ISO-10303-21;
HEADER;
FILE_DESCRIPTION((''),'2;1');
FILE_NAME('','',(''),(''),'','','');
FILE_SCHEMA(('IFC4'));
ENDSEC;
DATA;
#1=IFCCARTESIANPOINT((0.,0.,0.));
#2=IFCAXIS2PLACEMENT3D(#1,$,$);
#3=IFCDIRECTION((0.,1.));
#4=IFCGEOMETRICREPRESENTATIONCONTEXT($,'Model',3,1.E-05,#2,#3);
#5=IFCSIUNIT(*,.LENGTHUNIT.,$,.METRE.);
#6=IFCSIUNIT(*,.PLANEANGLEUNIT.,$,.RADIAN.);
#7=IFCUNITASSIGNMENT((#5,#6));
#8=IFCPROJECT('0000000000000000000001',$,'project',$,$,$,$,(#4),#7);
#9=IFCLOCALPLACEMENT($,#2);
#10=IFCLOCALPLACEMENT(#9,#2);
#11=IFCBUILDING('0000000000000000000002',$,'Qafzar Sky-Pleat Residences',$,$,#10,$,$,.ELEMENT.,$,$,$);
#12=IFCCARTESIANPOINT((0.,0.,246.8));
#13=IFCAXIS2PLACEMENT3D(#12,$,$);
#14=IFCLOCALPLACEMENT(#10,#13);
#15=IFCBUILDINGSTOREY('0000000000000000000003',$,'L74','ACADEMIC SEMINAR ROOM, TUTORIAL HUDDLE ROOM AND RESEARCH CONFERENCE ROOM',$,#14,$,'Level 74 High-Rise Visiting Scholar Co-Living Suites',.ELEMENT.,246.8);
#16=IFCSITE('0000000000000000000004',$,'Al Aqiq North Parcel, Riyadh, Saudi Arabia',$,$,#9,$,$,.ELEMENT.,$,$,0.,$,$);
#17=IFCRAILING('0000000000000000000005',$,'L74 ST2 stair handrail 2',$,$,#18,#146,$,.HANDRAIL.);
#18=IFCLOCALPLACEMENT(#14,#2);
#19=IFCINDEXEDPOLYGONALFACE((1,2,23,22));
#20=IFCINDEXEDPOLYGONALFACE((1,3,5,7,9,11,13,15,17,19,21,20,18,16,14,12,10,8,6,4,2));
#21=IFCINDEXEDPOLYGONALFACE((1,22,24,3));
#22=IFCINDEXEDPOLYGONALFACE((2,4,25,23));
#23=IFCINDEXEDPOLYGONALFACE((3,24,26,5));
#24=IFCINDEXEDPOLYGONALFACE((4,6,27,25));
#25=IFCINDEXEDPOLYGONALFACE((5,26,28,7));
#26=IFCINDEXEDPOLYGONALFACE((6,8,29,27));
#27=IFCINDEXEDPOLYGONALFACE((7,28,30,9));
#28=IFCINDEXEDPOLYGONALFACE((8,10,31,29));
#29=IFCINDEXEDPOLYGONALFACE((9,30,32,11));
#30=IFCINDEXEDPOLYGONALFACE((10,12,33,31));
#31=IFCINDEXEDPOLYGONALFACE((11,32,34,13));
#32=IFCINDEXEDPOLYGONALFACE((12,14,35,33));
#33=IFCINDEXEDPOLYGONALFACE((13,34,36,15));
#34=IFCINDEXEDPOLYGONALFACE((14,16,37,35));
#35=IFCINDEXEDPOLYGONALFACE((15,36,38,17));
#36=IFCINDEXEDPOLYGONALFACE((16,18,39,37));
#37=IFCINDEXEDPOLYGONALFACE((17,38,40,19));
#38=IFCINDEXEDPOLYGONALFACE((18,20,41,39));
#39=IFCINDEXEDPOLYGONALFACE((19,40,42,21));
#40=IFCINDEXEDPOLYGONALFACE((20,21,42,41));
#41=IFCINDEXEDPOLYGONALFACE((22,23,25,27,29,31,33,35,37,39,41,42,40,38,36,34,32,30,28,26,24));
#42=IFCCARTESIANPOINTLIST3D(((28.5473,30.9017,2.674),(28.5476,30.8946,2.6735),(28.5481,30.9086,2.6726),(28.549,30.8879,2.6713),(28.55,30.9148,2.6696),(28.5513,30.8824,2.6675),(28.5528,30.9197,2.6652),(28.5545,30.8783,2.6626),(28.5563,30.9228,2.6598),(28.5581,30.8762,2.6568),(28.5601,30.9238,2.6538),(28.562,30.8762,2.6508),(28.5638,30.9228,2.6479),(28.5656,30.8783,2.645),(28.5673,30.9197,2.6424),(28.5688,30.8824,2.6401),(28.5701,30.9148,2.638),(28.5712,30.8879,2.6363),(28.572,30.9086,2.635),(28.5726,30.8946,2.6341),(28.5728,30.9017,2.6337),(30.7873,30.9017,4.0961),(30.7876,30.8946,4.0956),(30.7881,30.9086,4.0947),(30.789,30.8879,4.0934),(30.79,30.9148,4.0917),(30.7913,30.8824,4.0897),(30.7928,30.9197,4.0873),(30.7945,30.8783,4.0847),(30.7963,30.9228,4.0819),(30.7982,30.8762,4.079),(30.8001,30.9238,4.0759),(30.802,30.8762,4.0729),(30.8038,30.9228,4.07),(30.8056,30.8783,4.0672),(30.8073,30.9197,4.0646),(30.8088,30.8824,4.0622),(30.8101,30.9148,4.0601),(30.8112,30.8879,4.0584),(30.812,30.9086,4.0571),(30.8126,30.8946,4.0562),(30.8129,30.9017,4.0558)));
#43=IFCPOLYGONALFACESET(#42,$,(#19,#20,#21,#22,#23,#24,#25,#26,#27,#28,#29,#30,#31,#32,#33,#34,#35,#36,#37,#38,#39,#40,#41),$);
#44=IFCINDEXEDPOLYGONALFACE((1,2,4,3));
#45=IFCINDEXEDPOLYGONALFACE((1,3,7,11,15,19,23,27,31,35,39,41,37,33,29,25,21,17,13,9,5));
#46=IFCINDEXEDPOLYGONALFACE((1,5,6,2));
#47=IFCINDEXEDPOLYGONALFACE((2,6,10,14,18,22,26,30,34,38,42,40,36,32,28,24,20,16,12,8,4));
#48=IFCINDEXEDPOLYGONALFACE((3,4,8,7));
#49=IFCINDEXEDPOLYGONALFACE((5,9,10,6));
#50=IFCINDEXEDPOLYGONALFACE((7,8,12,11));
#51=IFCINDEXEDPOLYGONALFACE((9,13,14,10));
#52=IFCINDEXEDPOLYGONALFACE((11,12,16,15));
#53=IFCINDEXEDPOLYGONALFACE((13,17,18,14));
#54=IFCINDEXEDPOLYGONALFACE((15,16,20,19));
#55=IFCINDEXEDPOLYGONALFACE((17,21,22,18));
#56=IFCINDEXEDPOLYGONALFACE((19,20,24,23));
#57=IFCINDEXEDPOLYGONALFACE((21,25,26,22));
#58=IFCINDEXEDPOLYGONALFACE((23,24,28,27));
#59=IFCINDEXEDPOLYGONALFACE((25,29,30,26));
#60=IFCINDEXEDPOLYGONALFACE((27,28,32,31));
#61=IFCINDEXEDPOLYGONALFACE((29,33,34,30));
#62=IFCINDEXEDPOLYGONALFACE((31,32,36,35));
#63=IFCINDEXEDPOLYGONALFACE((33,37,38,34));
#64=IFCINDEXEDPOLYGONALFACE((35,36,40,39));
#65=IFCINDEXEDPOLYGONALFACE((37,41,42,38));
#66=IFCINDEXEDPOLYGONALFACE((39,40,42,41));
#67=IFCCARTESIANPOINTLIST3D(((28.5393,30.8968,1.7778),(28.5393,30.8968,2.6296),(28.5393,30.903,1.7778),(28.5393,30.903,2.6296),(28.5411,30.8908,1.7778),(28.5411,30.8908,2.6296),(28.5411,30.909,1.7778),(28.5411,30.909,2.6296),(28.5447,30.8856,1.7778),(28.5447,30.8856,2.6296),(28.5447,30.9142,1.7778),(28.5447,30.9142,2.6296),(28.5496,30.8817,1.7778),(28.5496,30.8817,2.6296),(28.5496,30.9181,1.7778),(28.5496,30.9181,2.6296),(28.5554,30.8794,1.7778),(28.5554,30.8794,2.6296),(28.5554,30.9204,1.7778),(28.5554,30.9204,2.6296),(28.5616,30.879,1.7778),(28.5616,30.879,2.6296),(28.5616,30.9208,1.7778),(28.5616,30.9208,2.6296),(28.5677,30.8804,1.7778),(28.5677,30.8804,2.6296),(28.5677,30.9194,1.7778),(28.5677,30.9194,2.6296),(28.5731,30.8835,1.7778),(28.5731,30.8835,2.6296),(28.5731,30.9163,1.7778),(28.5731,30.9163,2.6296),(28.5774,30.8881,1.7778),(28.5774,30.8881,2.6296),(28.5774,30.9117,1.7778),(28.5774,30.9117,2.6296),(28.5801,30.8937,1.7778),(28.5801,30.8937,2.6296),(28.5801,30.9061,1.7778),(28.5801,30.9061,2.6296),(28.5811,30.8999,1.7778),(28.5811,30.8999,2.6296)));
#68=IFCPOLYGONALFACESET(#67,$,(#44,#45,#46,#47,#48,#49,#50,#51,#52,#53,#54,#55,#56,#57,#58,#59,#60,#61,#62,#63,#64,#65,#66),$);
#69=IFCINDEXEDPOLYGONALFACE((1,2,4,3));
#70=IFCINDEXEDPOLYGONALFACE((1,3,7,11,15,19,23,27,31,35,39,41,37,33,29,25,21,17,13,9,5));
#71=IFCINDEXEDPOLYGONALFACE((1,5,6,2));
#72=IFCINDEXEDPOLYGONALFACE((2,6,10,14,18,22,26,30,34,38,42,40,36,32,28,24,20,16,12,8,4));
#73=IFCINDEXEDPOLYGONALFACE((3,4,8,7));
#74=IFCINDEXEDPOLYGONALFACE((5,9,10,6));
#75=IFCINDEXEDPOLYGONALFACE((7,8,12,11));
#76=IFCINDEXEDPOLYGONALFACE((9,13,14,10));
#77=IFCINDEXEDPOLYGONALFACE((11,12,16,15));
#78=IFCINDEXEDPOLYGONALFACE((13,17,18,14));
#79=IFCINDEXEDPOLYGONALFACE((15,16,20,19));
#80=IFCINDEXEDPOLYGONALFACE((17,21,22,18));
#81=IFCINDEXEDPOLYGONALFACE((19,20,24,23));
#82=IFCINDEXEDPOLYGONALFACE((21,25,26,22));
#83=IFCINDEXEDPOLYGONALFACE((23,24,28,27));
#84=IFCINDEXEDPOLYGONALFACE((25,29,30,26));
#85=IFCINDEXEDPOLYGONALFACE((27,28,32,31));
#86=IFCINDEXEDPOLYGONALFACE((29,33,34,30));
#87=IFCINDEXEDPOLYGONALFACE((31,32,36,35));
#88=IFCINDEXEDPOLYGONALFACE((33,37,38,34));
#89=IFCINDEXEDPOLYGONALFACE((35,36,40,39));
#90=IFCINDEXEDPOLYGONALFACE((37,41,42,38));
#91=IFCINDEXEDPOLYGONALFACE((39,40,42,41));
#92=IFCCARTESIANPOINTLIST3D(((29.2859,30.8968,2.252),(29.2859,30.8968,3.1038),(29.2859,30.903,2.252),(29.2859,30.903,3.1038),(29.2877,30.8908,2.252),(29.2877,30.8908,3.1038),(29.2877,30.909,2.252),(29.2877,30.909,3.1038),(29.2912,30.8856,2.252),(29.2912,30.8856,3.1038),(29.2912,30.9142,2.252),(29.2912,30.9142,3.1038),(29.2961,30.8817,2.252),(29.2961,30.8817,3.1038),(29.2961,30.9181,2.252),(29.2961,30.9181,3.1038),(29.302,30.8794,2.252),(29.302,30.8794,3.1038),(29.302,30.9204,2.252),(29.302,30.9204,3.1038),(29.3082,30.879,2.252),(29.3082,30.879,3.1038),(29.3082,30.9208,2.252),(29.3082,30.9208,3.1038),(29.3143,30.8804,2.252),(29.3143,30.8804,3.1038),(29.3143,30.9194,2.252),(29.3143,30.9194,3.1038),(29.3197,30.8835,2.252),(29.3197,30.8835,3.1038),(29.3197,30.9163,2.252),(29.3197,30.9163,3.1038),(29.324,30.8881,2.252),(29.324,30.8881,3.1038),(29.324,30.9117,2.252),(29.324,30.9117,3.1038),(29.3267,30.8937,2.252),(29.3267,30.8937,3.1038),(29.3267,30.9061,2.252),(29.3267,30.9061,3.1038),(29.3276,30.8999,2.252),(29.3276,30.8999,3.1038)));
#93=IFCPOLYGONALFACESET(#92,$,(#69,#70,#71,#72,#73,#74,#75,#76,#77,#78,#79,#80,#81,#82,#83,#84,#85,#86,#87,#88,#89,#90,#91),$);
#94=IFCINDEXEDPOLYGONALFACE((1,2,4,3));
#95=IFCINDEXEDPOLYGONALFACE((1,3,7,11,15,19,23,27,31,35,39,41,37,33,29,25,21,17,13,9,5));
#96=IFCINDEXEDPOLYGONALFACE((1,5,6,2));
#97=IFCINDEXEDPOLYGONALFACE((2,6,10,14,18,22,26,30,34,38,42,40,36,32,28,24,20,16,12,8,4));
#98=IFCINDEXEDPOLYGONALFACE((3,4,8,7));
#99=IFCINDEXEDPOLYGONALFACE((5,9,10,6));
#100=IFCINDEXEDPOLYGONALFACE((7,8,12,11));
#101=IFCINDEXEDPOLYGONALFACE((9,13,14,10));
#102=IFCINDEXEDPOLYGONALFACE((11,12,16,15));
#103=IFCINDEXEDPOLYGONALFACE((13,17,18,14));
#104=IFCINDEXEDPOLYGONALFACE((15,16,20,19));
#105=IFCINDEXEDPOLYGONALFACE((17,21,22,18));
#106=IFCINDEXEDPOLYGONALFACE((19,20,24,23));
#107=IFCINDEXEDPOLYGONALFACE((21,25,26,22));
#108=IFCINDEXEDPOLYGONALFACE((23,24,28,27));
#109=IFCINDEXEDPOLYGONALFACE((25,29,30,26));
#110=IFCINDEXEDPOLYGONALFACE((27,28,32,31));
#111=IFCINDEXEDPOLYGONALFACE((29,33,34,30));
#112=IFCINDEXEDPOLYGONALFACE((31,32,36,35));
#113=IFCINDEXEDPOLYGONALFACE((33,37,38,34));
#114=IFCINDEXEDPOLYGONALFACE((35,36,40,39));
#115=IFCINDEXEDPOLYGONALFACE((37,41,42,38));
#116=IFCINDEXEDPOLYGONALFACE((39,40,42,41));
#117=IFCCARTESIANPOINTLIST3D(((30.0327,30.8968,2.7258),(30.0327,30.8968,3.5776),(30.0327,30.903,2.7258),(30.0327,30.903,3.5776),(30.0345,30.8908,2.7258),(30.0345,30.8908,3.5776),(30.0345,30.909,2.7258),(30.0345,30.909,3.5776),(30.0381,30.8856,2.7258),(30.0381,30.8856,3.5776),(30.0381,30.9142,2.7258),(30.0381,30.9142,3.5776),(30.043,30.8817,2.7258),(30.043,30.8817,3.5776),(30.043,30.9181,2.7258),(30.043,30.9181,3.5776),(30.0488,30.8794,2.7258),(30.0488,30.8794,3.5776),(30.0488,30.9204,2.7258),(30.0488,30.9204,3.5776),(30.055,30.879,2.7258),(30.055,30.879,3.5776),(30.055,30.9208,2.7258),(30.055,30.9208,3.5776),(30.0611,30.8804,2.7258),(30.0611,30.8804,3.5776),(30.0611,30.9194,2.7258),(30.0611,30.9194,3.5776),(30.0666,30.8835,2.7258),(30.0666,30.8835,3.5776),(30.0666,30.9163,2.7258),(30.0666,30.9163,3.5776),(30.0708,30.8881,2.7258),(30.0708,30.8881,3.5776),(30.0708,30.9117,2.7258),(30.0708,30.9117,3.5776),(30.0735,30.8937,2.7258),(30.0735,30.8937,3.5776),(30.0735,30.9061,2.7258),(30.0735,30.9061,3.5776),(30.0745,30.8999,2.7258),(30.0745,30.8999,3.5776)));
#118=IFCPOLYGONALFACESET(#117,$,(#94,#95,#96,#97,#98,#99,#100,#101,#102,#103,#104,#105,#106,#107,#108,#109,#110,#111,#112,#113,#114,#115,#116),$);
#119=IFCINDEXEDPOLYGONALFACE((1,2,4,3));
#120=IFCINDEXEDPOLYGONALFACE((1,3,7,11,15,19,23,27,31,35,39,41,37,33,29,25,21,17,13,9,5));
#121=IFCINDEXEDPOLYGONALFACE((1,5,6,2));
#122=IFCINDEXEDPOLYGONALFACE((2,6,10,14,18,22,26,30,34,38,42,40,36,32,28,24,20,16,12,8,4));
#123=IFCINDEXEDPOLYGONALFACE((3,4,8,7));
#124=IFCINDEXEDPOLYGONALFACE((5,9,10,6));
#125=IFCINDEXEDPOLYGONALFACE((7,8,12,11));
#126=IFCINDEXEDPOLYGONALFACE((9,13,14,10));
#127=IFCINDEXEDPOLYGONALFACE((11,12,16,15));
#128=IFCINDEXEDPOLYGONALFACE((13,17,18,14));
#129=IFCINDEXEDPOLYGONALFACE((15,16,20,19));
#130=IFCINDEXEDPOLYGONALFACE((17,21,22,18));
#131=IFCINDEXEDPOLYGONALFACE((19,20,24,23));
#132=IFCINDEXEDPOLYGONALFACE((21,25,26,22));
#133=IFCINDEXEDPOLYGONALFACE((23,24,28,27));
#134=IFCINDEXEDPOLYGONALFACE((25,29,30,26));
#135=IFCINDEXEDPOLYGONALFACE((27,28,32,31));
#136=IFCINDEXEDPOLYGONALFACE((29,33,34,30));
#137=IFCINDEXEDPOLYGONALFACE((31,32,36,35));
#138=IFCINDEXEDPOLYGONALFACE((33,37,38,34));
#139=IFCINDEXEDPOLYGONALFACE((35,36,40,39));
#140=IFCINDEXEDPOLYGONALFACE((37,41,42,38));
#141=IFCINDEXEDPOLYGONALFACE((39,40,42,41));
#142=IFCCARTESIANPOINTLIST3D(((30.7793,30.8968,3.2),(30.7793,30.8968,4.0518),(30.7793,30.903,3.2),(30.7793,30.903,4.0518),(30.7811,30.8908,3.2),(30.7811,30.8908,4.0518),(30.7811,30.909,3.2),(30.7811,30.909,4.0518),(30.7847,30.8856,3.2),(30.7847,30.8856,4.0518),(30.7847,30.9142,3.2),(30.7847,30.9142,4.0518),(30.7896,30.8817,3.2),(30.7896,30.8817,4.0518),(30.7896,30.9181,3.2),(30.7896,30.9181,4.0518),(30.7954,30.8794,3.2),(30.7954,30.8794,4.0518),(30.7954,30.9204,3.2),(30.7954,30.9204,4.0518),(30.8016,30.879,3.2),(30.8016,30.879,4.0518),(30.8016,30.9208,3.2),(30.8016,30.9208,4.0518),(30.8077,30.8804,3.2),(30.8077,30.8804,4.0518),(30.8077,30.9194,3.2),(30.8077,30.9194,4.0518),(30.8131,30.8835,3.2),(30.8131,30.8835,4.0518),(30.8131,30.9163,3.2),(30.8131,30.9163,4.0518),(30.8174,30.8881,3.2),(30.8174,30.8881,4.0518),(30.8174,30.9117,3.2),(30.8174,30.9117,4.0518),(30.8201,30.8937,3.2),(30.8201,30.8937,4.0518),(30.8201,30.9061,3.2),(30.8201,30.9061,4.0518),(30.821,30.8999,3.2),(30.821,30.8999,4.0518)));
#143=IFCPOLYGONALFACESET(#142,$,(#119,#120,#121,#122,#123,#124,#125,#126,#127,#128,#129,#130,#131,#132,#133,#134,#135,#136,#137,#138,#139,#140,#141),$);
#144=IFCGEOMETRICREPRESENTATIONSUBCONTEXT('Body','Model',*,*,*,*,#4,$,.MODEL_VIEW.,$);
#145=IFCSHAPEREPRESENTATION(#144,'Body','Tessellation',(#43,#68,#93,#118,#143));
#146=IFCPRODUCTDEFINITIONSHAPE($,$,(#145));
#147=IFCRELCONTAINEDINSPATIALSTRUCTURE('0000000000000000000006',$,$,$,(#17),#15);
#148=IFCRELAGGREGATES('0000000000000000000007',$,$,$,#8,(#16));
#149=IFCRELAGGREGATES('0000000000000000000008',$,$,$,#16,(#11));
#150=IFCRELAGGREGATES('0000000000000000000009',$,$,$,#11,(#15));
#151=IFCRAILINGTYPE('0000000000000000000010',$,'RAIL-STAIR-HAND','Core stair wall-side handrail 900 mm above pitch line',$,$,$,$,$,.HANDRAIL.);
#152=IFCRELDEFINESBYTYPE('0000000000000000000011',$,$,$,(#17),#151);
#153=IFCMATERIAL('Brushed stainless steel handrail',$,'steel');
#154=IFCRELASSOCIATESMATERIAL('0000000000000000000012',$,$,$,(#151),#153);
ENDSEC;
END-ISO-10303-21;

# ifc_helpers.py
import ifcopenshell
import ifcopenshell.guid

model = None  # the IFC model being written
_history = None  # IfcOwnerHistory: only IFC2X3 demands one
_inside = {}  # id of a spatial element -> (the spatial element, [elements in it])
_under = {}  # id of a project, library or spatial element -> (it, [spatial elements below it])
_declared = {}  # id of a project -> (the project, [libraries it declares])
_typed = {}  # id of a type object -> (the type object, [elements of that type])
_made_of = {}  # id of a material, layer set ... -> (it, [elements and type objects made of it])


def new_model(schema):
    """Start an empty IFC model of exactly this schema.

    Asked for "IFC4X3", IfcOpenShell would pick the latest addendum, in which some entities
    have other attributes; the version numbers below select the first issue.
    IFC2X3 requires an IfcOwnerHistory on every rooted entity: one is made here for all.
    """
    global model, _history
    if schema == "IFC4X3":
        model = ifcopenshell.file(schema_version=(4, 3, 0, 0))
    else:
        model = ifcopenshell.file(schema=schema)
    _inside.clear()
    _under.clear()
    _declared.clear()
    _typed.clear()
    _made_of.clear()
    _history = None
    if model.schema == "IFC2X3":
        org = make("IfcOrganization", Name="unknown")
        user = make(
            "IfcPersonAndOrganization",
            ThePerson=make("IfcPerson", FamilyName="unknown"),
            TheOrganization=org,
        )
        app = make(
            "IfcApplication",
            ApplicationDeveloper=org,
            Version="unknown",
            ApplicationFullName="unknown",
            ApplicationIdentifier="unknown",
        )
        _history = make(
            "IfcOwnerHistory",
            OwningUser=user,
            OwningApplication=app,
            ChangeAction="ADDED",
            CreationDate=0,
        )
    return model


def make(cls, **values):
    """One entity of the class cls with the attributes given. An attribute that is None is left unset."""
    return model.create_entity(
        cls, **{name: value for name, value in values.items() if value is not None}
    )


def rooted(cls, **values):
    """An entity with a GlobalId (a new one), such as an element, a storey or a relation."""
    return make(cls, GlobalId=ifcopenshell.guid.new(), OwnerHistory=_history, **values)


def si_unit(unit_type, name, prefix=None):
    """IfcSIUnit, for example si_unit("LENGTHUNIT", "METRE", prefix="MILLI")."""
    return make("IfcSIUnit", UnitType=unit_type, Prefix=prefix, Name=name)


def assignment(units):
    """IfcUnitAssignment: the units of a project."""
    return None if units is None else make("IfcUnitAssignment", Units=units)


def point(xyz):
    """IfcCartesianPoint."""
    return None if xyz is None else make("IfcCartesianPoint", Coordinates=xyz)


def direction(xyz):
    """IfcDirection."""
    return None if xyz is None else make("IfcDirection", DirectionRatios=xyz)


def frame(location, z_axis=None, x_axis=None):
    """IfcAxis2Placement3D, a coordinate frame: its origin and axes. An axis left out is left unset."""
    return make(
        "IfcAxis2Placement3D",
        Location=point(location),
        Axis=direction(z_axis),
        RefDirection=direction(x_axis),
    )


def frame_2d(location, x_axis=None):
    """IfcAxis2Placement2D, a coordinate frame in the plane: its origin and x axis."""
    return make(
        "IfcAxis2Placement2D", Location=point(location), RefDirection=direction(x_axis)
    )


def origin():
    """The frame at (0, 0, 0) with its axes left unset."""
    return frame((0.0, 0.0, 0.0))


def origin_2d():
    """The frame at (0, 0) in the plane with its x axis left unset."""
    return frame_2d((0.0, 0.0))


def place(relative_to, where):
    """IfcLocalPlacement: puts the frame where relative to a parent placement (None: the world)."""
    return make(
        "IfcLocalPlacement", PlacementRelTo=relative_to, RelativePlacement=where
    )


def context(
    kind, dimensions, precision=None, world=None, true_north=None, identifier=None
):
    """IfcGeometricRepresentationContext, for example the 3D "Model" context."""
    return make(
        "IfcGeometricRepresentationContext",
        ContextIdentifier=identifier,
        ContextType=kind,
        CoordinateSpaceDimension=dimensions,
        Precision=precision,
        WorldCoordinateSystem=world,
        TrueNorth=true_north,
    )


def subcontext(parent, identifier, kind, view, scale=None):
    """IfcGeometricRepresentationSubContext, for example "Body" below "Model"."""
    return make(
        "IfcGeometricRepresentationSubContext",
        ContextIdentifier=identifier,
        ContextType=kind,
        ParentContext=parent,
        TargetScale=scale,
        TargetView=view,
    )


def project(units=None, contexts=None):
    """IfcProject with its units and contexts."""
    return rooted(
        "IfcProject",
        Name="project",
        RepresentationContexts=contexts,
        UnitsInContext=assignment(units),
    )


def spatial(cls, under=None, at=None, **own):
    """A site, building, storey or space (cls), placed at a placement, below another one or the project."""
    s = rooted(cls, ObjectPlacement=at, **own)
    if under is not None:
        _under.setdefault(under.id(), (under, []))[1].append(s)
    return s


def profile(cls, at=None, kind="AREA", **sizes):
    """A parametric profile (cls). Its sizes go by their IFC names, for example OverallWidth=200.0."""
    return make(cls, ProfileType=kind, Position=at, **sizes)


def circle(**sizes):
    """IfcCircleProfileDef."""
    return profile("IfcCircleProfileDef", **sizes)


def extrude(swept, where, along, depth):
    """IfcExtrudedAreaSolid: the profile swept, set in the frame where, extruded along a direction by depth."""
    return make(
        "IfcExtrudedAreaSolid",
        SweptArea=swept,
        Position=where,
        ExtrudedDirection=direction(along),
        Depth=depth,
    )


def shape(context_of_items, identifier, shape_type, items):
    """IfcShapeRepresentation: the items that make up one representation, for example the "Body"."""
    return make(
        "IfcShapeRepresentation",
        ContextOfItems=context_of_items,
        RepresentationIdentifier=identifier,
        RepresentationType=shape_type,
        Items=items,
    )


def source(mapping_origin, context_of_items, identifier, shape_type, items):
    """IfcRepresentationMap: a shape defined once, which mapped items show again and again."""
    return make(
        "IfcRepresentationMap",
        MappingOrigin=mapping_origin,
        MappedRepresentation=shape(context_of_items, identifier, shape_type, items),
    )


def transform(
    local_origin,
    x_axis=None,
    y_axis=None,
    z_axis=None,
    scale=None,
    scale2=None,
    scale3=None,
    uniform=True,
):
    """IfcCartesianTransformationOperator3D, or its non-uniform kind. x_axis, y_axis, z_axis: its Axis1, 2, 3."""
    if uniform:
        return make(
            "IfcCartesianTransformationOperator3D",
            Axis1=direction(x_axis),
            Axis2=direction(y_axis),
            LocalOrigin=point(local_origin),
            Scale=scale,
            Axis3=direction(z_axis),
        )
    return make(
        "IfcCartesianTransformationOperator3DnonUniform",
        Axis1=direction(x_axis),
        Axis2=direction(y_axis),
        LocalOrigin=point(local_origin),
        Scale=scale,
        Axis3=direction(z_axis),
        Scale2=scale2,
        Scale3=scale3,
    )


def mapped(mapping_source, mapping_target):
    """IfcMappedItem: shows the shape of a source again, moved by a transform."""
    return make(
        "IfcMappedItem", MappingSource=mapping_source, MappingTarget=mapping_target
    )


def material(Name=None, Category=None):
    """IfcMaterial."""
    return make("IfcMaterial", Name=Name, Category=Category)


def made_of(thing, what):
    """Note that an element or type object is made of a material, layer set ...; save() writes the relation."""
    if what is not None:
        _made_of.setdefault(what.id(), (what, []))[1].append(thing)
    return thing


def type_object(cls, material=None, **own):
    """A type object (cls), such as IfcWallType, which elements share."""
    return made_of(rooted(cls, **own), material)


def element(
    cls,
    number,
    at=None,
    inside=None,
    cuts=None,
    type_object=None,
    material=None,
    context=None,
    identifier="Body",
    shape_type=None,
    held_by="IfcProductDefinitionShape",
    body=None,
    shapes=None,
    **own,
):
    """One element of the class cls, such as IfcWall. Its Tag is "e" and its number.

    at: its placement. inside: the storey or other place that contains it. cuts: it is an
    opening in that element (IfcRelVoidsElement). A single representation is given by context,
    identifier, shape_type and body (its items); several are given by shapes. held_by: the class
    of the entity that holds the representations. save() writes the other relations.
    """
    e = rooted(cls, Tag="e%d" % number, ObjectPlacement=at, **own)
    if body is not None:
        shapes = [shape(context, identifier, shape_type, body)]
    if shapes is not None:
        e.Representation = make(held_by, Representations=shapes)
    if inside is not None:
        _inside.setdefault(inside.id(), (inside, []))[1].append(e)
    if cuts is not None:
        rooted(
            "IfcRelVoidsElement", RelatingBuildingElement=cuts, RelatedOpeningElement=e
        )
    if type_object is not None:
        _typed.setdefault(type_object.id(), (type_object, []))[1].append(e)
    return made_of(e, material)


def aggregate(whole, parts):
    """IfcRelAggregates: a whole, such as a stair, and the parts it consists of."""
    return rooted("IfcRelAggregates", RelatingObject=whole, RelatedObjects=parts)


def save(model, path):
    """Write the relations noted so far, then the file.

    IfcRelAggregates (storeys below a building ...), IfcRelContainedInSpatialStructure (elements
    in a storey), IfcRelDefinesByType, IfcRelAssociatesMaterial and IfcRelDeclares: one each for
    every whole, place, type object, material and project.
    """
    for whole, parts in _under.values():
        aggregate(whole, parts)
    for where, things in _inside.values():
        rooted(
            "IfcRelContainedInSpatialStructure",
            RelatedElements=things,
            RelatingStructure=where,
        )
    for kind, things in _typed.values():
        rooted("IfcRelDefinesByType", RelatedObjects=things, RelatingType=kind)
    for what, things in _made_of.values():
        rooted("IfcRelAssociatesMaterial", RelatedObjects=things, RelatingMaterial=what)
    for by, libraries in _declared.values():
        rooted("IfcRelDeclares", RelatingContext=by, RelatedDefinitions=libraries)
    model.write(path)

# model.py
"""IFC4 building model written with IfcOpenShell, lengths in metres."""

from ifc_helpers import new_model, si_unit, direction, frame, origin, origin_2d, place, context, subcontext, project, spatial, circle, extrude, source, transform, mapped, material, type_object, element, save


model = new_model("IFC4")

# Units and contexts
model_context = context("Model", 3, precision=1e-05, world=origin(), true_north=direction((0.0, 1.0)))
body_context = subcontext(model_context, "Body", "Model", "MODEL_VIEW")
ifc_project = project(units=[si_unit("LENGTHUNIT", "METRE"), si_unit("PLANEANGLEUNIT", "RADIAN")], contexts=[model_context])

# Site, building, storey
site_placement = place(None, origin())
site = spatial("IfcSite", under=ifc_project, at=site_placement, Name="Al Aqiq North Parcel, Riyadh, Saudi Arabia", CompositionType="ELEMENT", RefElevation=0.0)
building_placement = place(site_placement, origin())
building = spatial("IfcBuilding", under=site, at=building_placement, Name="Qafzar Sky-Pleat Residences", CompositionType="ELEMENT")
storey_placement = place(building_placement, frame((0.0, 0.0, 246.8)))
storey = spatial("IfcBuildingStorey", under=building, at=storey_placement, Name="L74", Description="ACADEMIC SEMINAR ROOM, TUTORIAL HUDDLE ROOM AND RESEARCH CONFERENCE ROOM", LongName="Level 74 High-Rise Visiting Scholar Co-Living Suites", CompositionType="ELEMENT", Elevation=246.8)

# Railing
ifc_material_1 = material(Name="Brushed stainless steel handrail", Category="steel")
railing_type_1 = type_object("IfcRailingType", Name="RAIL-STAIR-HAND", Description="Core stair wall-side handrail 900 mm above pitch line", PredefinedType="HANDRAIL", material=ifc_material_1)
shared_shape_1 = source(origin(), body_context, "Body", "SweptSolid", [
    extrude(circle(Radius=0.0239, at=origin_2d()), frame((0.0, 0.0, 0.876), z_axis=(0.844229, 0.0, 0.535982), x_axis=(0.0, 1.0, 0.0)), (0.0, 0.0, 1.0), 2.6533),
    extrude(circle(Radius=0.021, at=origin_2d()), origin(), (0.0, 0.0, 1.0), 0.8518),
    extrude(circle(Radius=0.021, at=origin_2d()), frame((0.7466, 0.0, 0.4741)), (0.0, 0.0, 1.0), 0.8518),
    extrude(circle(Radius=0.021, at=origin_2d()), frame((1.4934, 0.0, 0.948)), (0.0, 0.0, 1.0), 0.8518),
    extrude(circle(Radius=0.021, at=origin_2d()), frame((2.24, 0.0, 1.4221)), (0.0, 0.0, 1.0), 0.8518),
])
railing_1_placement = place(storey_placement, frame((28.5601, 30.8999, 1.7778)))
element("IfcRailing", 1, at=railing_1_placement, inside=storey, type_object=railing_type_1, Name="L74 ST2 stair handrail 2", PredefinedType="HANDRAIL", context=body_context, shape_type="MappedRepresentation", body=[
    mapped(shared_shape_1, transform((0.0, 0.0, 0.0), x_axis=(1.0, 0.0, 0.0), y_axis=(0.0, 1.0, 0.0), z_axis=(0.0, 0.0, 1.0), scale=1.0)),
])

save(model, "model.ifc")
